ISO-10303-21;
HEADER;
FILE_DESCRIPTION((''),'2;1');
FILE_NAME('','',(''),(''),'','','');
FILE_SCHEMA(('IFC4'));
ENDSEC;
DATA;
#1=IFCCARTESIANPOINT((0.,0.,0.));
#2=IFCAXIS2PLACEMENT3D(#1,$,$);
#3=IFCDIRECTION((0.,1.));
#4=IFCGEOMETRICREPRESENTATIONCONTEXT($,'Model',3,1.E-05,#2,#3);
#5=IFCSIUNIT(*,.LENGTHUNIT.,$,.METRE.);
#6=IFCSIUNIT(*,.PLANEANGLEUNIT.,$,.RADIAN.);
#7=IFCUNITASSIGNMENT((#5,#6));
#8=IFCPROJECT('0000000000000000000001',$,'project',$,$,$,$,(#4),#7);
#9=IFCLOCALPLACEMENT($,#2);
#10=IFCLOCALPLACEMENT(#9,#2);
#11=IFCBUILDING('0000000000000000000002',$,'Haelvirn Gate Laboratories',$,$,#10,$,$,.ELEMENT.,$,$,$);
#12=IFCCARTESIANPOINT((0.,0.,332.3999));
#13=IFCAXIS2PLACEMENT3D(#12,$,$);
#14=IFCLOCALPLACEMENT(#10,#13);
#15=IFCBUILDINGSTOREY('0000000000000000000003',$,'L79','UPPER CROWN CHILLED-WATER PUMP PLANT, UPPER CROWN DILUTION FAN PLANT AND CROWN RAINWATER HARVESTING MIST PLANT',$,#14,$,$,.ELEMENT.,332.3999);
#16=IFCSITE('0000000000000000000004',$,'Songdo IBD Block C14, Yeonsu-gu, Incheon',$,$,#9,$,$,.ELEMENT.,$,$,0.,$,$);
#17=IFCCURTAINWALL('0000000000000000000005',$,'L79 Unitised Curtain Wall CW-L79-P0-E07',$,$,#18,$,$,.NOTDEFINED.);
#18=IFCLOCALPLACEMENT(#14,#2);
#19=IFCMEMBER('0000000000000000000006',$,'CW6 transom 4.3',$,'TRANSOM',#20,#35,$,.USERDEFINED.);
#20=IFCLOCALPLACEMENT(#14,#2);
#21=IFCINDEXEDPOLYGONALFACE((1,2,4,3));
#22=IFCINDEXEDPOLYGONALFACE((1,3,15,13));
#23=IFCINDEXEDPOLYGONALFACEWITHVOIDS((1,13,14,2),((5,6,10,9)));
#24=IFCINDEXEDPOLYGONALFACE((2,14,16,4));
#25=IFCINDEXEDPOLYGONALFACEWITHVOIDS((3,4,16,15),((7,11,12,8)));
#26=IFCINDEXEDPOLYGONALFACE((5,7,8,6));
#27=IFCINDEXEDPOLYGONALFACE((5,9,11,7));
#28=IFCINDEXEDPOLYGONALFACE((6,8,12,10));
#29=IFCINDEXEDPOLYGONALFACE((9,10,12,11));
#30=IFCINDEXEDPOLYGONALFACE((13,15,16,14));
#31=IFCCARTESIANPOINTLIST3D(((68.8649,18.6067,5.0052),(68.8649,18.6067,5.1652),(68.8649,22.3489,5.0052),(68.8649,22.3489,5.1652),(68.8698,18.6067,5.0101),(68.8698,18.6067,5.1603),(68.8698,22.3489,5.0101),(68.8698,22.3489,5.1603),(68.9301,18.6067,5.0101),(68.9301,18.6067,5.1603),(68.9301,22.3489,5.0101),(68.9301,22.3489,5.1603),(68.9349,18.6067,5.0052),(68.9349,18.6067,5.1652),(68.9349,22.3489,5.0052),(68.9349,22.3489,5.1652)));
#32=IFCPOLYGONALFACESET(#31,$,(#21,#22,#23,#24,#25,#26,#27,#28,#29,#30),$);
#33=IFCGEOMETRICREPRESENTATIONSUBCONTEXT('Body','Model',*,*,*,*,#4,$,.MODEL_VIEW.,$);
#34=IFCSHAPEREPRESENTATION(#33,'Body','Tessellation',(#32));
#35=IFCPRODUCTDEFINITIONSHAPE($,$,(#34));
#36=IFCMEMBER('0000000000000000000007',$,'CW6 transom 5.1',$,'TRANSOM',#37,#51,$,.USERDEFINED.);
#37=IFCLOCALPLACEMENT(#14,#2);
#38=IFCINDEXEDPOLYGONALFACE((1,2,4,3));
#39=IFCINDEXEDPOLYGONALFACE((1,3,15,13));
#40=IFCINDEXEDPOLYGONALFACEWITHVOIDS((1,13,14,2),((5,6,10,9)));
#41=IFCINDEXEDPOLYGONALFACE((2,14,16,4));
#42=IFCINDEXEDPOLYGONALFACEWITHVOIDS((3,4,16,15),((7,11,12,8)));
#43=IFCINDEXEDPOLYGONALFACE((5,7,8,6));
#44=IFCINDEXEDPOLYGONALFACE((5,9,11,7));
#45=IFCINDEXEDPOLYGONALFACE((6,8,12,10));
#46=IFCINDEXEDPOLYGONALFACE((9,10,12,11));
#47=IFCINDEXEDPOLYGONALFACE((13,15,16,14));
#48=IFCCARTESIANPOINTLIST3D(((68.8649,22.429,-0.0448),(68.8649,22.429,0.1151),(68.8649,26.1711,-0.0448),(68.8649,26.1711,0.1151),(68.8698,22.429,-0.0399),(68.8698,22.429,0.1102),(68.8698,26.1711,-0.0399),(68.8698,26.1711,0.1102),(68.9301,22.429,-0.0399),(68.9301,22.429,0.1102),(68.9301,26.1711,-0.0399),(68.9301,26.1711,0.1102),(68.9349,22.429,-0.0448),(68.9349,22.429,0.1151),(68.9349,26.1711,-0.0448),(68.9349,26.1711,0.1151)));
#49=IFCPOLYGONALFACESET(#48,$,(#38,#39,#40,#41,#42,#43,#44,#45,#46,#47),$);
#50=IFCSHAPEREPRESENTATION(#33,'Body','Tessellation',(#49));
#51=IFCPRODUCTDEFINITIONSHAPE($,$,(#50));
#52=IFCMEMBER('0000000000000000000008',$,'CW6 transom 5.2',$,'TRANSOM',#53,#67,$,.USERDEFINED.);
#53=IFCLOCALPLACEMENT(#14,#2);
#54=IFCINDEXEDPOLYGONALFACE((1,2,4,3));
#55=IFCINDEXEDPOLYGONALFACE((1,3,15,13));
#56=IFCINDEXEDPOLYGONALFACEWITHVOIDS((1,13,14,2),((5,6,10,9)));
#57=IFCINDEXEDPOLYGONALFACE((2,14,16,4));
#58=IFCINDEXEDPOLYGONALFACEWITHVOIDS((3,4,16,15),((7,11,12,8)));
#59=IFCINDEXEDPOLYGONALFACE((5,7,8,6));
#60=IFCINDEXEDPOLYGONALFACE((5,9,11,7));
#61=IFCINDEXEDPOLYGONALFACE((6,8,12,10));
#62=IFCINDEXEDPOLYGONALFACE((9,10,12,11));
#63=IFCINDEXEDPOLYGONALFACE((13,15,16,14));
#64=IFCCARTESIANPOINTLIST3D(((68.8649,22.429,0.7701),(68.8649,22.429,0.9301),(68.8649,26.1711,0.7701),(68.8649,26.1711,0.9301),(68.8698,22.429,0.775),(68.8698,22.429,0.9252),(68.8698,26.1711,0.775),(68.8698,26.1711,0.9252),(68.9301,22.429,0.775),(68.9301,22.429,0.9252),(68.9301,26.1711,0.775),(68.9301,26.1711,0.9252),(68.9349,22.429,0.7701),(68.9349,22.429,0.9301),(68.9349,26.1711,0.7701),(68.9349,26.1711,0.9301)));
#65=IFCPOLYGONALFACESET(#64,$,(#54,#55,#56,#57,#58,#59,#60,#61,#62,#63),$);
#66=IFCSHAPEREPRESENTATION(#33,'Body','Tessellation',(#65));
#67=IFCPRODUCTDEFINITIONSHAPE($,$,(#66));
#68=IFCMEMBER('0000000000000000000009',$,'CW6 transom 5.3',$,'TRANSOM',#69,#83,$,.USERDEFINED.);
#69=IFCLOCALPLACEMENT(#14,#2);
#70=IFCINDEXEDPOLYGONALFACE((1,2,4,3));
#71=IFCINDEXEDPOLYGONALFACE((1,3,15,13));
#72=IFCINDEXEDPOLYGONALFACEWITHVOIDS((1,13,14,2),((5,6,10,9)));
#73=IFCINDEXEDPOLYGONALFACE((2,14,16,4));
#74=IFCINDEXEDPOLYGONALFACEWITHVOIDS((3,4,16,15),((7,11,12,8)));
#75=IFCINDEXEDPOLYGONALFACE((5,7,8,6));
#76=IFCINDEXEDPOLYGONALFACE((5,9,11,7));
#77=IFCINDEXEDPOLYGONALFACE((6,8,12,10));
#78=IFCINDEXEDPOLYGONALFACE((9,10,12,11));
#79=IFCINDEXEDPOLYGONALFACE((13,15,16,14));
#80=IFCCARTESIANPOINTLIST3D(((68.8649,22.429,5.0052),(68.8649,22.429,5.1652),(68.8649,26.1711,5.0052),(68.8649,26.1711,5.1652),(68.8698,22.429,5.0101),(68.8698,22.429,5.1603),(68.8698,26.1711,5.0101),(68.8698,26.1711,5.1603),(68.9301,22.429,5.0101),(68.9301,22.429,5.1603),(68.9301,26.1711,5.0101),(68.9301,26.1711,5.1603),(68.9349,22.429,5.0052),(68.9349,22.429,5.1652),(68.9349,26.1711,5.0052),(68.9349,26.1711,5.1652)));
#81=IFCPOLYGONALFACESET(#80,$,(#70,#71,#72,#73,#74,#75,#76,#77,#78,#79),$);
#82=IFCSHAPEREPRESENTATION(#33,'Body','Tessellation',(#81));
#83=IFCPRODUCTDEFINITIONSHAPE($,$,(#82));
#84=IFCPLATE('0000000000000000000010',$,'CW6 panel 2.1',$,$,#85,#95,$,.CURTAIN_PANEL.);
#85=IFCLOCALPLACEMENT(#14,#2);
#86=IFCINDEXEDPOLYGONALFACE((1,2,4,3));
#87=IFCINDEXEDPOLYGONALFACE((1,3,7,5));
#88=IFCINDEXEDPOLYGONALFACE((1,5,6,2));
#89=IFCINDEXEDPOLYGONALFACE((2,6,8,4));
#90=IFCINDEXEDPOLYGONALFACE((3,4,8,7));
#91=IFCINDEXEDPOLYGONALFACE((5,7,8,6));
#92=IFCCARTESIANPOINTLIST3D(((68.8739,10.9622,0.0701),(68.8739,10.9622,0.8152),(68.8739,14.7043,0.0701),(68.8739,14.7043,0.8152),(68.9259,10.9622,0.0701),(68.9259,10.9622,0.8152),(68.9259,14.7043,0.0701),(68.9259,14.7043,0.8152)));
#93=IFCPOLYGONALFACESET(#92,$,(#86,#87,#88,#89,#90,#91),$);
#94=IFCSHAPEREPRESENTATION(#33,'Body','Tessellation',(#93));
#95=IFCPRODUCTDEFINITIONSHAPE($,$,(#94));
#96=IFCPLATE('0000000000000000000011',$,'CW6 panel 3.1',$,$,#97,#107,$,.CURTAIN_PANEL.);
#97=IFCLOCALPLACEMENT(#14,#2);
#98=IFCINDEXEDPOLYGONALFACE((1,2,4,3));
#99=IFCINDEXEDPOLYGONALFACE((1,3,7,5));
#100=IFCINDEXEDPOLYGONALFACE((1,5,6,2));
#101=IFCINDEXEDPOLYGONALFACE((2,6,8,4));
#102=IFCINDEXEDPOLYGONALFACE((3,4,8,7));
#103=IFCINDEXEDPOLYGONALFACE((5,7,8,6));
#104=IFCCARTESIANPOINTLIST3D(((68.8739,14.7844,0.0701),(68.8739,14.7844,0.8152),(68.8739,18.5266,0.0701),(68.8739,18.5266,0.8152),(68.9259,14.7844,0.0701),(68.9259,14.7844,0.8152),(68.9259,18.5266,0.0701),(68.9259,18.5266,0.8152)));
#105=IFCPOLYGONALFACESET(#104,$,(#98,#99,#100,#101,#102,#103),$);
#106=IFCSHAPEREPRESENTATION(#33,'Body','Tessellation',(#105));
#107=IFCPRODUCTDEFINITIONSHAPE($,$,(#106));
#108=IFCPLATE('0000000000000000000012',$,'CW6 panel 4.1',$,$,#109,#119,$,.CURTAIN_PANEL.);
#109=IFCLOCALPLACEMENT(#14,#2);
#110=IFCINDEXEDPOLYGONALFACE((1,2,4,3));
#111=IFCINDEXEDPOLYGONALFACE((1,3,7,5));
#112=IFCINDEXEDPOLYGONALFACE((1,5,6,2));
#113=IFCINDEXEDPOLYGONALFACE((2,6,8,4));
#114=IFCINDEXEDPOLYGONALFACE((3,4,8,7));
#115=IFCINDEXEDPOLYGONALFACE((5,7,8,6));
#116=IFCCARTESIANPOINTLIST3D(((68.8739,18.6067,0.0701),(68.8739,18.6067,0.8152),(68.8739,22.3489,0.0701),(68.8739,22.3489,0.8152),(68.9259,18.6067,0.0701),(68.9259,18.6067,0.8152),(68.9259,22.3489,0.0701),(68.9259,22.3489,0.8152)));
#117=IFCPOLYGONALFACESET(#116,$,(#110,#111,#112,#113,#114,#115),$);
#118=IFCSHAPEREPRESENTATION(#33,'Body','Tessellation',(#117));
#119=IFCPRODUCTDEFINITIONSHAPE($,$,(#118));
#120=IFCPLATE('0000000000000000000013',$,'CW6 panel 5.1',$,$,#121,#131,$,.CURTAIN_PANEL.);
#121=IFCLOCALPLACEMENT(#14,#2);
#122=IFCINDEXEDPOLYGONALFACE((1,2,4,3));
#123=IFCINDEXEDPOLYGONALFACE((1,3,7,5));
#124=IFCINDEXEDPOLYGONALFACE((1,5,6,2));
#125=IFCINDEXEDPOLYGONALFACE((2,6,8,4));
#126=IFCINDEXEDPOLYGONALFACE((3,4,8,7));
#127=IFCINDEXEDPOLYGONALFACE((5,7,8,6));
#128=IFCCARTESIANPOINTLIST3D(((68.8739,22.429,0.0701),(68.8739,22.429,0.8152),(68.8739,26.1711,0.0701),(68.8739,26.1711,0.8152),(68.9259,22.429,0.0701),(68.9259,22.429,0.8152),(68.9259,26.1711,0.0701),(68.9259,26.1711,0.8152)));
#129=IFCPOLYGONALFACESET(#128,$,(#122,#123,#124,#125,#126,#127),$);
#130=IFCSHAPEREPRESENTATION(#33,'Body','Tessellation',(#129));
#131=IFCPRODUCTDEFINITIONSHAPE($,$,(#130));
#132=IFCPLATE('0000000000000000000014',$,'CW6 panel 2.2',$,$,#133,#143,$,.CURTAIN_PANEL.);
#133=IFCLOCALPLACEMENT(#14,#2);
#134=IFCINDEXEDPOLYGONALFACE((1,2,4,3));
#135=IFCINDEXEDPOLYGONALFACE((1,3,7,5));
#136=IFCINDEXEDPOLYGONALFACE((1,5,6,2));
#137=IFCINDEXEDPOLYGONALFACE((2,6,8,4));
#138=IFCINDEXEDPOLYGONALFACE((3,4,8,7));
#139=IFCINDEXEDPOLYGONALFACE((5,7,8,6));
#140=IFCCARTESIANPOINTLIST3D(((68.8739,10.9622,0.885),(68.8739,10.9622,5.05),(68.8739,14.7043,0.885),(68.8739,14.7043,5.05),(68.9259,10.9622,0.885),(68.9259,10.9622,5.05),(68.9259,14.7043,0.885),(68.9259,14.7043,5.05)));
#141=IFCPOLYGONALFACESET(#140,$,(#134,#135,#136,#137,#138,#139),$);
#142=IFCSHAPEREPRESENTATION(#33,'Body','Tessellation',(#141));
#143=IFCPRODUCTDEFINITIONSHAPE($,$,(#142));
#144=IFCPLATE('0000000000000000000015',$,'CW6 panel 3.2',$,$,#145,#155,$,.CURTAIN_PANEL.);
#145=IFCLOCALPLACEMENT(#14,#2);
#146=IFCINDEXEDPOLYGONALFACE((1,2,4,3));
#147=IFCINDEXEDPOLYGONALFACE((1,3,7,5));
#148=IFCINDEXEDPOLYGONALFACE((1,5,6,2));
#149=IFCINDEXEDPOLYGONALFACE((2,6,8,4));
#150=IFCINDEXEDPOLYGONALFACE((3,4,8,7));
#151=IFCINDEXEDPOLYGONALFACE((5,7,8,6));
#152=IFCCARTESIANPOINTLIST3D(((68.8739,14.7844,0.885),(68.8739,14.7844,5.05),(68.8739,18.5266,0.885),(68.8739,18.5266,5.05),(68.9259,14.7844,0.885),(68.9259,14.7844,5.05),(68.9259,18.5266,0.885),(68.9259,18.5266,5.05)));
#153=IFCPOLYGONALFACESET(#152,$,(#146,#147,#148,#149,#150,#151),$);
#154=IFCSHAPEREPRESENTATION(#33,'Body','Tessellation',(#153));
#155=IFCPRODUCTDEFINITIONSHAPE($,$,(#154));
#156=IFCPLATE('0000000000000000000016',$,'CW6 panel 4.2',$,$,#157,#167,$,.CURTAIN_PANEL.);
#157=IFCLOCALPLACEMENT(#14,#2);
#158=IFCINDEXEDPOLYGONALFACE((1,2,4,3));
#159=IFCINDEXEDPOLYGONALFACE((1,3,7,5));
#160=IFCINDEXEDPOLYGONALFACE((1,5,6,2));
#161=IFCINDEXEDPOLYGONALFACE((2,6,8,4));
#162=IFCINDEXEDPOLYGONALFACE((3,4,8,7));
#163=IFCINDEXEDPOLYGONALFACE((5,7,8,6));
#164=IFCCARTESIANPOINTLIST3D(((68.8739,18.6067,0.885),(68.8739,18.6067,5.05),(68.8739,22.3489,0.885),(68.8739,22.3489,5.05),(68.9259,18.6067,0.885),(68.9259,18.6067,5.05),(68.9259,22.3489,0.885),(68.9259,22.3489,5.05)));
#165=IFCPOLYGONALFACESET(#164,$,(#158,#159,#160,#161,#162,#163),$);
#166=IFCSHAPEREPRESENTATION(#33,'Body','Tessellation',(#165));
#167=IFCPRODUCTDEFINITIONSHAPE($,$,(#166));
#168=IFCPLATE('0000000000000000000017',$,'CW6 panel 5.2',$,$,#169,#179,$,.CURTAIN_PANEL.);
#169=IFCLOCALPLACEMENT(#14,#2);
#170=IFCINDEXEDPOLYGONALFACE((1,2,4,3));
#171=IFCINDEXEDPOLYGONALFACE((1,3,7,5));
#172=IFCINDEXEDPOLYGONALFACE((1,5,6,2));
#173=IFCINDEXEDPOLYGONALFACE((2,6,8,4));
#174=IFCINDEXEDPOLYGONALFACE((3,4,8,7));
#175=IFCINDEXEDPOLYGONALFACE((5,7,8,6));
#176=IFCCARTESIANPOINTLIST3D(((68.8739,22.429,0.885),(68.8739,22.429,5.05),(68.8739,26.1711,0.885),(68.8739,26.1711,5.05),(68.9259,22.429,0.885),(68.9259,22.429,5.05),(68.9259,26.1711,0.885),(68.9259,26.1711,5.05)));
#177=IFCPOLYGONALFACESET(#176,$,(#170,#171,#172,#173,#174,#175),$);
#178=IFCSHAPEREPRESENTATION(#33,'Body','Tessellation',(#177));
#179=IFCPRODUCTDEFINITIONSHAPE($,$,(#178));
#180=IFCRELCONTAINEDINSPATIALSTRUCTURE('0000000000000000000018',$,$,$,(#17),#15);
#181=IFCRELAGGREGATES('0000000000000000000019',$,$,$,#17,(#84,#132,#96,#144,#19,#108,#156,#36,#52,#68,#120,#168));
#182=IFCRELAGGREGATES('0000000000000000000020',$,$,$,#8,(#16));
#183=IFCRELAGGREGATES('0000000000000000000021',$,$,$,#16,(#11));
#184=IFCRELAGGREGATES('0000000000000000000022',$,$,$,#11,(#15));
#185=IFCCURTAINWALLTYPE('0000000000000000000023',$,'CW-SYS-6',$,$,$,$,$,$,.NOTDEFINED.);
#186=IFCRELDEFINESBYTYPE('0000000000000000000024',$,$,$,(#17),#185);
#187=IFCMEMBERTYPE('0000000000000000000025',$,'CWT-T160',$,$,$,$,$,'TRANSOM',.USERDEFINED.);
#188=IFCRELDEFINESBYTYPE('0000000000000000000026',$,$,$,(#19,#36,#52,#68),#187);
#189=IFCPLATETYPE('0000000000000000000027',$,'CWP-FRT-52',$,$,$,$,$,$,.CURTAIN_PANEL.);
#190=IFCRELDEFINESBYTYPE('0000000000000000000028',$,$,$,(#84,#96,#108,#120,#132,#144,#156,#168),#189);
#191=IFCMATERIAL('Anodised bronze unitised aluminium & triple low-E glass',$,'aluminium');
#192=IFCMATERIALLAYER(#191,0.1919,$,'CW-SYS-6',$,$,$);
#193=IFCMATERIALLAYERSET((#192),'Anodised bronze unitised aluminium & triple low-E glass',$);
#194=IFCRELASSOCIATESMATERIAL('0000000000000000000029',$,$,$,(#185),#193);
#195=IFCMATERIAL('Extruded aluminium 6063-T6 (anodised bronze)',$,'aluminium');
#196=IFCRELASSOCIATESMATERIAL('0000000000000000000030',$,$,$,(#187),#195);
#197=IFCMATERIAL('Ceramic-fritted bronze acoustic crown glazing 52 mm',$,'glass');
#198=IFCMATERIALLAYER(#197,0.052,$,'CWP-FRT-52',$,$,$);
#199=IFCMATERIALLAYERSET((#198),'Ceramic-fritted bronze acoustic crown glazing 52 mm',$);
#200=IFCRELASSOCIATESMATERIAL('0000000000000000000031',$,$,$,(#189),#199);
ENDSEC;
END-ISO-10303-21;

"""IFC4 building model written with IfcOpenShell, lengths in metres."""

from ifc_helpers import new_model, si_unit, direction, frame, origin, origin_2d, place, context, subcontext, project, spatial, rectangle, hollow_rectangle, extrude, source, transform, mapped, material, layer, layer_set, material_profile, profile_set, type_object, type_shapes, element, aggregate, save


model = new_model("IFC4")

# Units and contexts
model_context = context("Model", 3, precision=1e-05, world=origin(), true_north=direction((0.0, 1.0)))
body_context = subcontext(model_context, "Body", "Model", "MODEL_VIEW")
ifc_project = project(units=[si_unit("LENGTHUNIT", "METRE"), si_unit("PLANEANGLEUNIT", "RADIAN")], contexts=[model_context])

# Site, building, storey
site_placement = place(None, origin())
site = spatial("IfcSite", under=ifc_project, at=site_placement, Name="Songdo IBD Block C14, Yeonsu-gu, Incheon", CompositionType="ELEMENT", RefElevation=0.0)
building_placement = place(site_placement, origin())
building = spatial("IfcBuilding", under=site, at=building_placement, Name="Haelvirn Gate Laboratories", CompositionType="ELEMENT")
storey_placement = place(building_placement, frame((0.0, 0.0, 332.3999)))
storey = spatial("IfcBuildingStorey", under=building, at=storey_placement, Name="L79", Description="UPPER CROWN CHILLED-WATER PUMP PLANT, UPPER CROWN DILUTION FAN PLANT AND CROWN RAINWATER HARVESTING MIST PLANT", CompositionType="ELEMENT", Elevation=332.3999)

# Curtain wall, members, plates
ifc_material_1 = material(Name="Anodised bronze unitised aluminium & triple low-E glass", Category="aluminium")
ifc_layer_1 = layer(ifc_material_1, 0.1919, Name="CW-SYS-6")
ifc_layer_set_1 = layer_set([ifc_layer_1], Name="Anodised bronze unitised aluminium & triple low-E glass")
curtain_wall_type = type_object("IfcCurtainWallType", Name="CW-SYS-6", PredefinedType="NOTDEFINED", material=ifc_layer_set_1)
curtain_wall_placement = place(storey_placement, origin())
curtain_wall = element("IfcCurtainWall", 1, at=curtain_wall_placement, inside=storey, type_object=curtain_wall_type, Name="L79 Unitised Curtain Wall CW-L79-P0-E07", PredefinedType="NOTDEFINED")
ifc_material_2 = material(Name="Extruded aluminium 6063-T6 (anodised bronze)", Category="aluminium")
ifc_material_profile_1 = material_profile(ifc_material_2, hollow_rectangle(XDim=0.0701, YDim=0.1599, WallThickness=0.0049, at=origin_2d()), Name="CWT-160x70x5")
ifc_profile_set_1 = profile_set([ifc_material_profile_1], Name="Extruded aluminium 6063-T6 (anodised bronze)")
member_type_1 = type_object("IfcMemberType", Name="CWT-T160", ElementType="TRANSOM", PredefinedType="USERDEFINED", material=ifc_profile_set_1)
shared_shape_1 = source(origin(), body_context, "Body", "SweptSolid", [
    extrude(hollow_rectangle(XDim=0.0701, YDim=0.1599, WallThickness=0.0049, at=origin_2d()), origin(), (0.0, 0.0, 1.0), 3.7422),
])
type_shapes(member_type_1, [shared_shape_1])
member_1_placement = place(storey_placement, frame((68.8999, 18.6067, 5.0852), z_axis=(0.0, 1.0, 0.0), x_axis=(-1.0, 0.0, 0.0)))
member_1 = element("IfcMember", 2, at=member_1_placement, type_object=member_type_1, Name="CW6 transom 4.3", ObjectType="TRANSOM", PredefinedType="USERDEFINED", context=body_context, shape_type="MappedRepresentation", body=[
    mapped(shared_shape_1, transform((0.0, 0.0, 0.0), scale=1.0)),
])
member_2_placement = place(storey_placement, frame((68.8999, 22.429, 0.0352), z_axis=(0.0, 1.0, 0.0), x_axis=(-1.0, 0.0, 0.0)))
member_2 = element("IfcMember", 3, at=member_2_placement, type_object=member_type_1, Name="CW6 transom 5.1", ObjectType="TRANSOM", PredefinedType="USERDEFINED", context=body_context, shape_type="MappedRepresentation", body=[
    mapped(shared_shape_1, transform((0.0, 0.0, 0.0), scale=1.0)),
])
member_3_placement = place(storey_placement, frame((68.8999, 22.429, 0.8501), z_axis=(0.0, 1.0, 0.0), x_axis=(-1.0, 0.0, 0.0)))
member_3 = element("IfcMember", 4, at=member_3_placement, type_object=member_type_1, Name="CW6 transom 5.2", ObjectType="TRANSOM", PredefinedType="USERDEFINED", context=body_context, shape_type="MappedRepresentation", body=[
    mapped(shared_shape_1, transform((0.0, 0.0, 0.0), scale=1.0)),
])
member_4_placement = place(storey_placement, frame((68.8999, 22.429, 5.0852), z_axis=(0.0, 1.0, 0.0), x_axis=(-1.0, 0.0, 0.0)))
member_4 = element("IfcMember", 5, at=member_4_placement, type_object=member_type_1, Name="CW6 transom 5.3", ObjectType="TRANSOM", PredefinedType="USERDEFINED", context=body_context, shape_type="MappedRepresentation", body=[
    mapped(shared_shape_1, transform((0.0, 0.0, 0.0), scale=1.0)),
])
ifc_material_3 = material(Name="Ceramic-fritted bronze acoustic crown glazing 52 mm", Category="glass")
ifc_layer_2 = layer(ifc_material_3, 0.052, Name="CWP-FRT-52")
ifc_layer_set_2 = layer_set([ifc_layer_2], Name="Ceramic-fritted bronze acoustic crown glazing 52 mm")
plate_type = type_object("IfcPlateType", Name="CWP-FRT-52", PredefinedType="CURTAIN_PANEL", material=ifc_layer_set_2)
shared_shape_2 = source(origin(), body_context, "Body", "SweptSolid", [
    extrude(rectangle(XDim=3.7422, YDim=0.052, at=origin_2d()), origin(), (0.0, 0.0, 1.0), 0.7451),
])
plate_1_placement = place(storey_placement, frame((68.8999, 12.8333, 0.0701), z_axis=(0.0, 0.0, 1.0), x_axis=(0.0, 1.0, 0.0)))
plate_1 = element("IfcPlate", 6, at=plate_1_placement, type_object=plate_type, Name="CW6 panel 2.1", PredefinedType="CURTAIN_PANEL", context=body_context, shape_type="MappedRepresentation", body=[
    mapped(shared_shape_2, transform((0.0, 0.0, 0.0), scale=1.0)),
])
plate_2_placement = place(storey_placement, frame((68.8999, 16.6555, 0.0701), z_axis=(0.0, 0.0, 1.0), x_axis=(0.0, 1.0, 0.0)))
plate_2 = element("IfcPlate", 7, at=plate_2_placement, type_object=plate_type, Name="CW6 panel 3.1", PredefinedType="CURTAIN_PANEL", context=body_context, shape_type="MappedRepresentation", body=[
    mapped(shared_shape_2, transform((0.0, 0.0, 0.0), scale=1.0)),
])
plate_3_placement = place(storey_placement, frame((68.8999, 20.4778, 0.0701), z_axis=(0.0, 0.0, 1.0), x_axis=(0.0, 1.0, 0.0)))
plate_3 = element("IfcPlate", 8, at=plate_3_placement, type_object=plate_type, Name="CW6 panel 4.1", PredefinedType="CURTAIN_PANEL", context=body_context, shape_type="MappedRepresentation", body=[
    mapped(shared_shape_2, transform((0.0, 0.0, 0.0), scale=1.0)),
])
plate_4_placement = place(storey_placement, frame((68.8999, 24.3, 0.0701), z_axis=(0.0, 0.0, 1.0), x_axis=(0.0, 1.0, 0.0)))
plate_4 = element("IfcPlate", 9, at=plate_4_placement, type_object=plate_type, Name="CW6 panel 5.1", PredefinedType="CURTAIN_PANEL", context=body_context, shape_type="MappedRepresentation", body=[
    mapped(shared_shape_2, transform((0.0, 0.0, 0.0), scale=1.0)),
])
shared_shape_3 = source(origin(), body_context, "Body", "SweptSolid", [
    extrude(rectangle(XDim=3.7422, YDim=0.052, at=origin_2d()), origin(), (0.0, 0.0, 1.0), 4.165),
])
type_shapes(plate_type, [shared_shape_2, shared_shape_3])
plate_5_placement = place(storey_placement, frame((68.8999, 12.8333, 0.885), z_axis=(0.0, 0.0, 1.0), x_axis=(0.0, 1.0, 0.0)))
plate_5 = element("IfcPlate", 10, at=plate_5_placement, type_object=plate_type, Name="CW6 panel 2.2", PredefinedType="CURTAIN_PANEL", context=body_context, shape_type="MappedRepresentation", body=[
    mapped(shared_shape_3, transform((0.0, 0.0, 0.0), scale=1.0)),
])
plate_6_placement = place(storey_placement, frame((68.8999, 16.6555, 0.885), z_axis=(0.0, 0.0, 1.0), x_axis=(0.0, 1.0, 0.0)))
plate_6 = element("IfcPlate", 11, at=plate_6_placement, type_object=plate_type, Name="CW6 panel 3.2", PredefinedType="CURTAIN_PANEL", context=body_context, shape_type="MappedRepresentation", body=[
    mapped(shared_shape_3, transform((0.0, 0.0, 0.0), scale=1.0)),
])
plate_7_placement = place(storey_placement, frame((68.8999, 20.4778, 0.885), z_axis=(0.0, 0.0, 1.0), x_axis=(0.0, 1.0, 0.0)))
plate_7 = element("IfcPlate", 12, at=plate_7_placement, type_object=plate_type, Name="CW6 panel 4.2", PredefinedType="CURTAIN_PANEL", context=body_context, shape_type="MappedRepresentation", body=[
    mapped(shared_shape_3, transform((0.0, 0.0, 0.0), scale=1.0)),
])
plate_8_placement = place(storey_placement, frame((68.8999, 24.3, 0.885), z_axis=(0.0, 0.0, 1.0), x_axis=(0.0, 1.0, 0.0)))
plate_8 = element("IfcPlate", 13, at=plate_8_placement, type_object=plate_type, Name="CW6 panel 5.2", PredefinedType="CURTAIN_PANEL", context=body_context, shape_type="MappedRepresentation", body=[
    mapped(shared_shape_3, transform((0.0, 0.0, 0.0), scale=1.0)),
])
aggregate(curtain_wall, [plate_1, plate_5, plate_2, plate_6, member_1, plate_3, plate_7, member_2, member_3, member_4, plate_4, plate_8])

save(model, "model.ifc")
